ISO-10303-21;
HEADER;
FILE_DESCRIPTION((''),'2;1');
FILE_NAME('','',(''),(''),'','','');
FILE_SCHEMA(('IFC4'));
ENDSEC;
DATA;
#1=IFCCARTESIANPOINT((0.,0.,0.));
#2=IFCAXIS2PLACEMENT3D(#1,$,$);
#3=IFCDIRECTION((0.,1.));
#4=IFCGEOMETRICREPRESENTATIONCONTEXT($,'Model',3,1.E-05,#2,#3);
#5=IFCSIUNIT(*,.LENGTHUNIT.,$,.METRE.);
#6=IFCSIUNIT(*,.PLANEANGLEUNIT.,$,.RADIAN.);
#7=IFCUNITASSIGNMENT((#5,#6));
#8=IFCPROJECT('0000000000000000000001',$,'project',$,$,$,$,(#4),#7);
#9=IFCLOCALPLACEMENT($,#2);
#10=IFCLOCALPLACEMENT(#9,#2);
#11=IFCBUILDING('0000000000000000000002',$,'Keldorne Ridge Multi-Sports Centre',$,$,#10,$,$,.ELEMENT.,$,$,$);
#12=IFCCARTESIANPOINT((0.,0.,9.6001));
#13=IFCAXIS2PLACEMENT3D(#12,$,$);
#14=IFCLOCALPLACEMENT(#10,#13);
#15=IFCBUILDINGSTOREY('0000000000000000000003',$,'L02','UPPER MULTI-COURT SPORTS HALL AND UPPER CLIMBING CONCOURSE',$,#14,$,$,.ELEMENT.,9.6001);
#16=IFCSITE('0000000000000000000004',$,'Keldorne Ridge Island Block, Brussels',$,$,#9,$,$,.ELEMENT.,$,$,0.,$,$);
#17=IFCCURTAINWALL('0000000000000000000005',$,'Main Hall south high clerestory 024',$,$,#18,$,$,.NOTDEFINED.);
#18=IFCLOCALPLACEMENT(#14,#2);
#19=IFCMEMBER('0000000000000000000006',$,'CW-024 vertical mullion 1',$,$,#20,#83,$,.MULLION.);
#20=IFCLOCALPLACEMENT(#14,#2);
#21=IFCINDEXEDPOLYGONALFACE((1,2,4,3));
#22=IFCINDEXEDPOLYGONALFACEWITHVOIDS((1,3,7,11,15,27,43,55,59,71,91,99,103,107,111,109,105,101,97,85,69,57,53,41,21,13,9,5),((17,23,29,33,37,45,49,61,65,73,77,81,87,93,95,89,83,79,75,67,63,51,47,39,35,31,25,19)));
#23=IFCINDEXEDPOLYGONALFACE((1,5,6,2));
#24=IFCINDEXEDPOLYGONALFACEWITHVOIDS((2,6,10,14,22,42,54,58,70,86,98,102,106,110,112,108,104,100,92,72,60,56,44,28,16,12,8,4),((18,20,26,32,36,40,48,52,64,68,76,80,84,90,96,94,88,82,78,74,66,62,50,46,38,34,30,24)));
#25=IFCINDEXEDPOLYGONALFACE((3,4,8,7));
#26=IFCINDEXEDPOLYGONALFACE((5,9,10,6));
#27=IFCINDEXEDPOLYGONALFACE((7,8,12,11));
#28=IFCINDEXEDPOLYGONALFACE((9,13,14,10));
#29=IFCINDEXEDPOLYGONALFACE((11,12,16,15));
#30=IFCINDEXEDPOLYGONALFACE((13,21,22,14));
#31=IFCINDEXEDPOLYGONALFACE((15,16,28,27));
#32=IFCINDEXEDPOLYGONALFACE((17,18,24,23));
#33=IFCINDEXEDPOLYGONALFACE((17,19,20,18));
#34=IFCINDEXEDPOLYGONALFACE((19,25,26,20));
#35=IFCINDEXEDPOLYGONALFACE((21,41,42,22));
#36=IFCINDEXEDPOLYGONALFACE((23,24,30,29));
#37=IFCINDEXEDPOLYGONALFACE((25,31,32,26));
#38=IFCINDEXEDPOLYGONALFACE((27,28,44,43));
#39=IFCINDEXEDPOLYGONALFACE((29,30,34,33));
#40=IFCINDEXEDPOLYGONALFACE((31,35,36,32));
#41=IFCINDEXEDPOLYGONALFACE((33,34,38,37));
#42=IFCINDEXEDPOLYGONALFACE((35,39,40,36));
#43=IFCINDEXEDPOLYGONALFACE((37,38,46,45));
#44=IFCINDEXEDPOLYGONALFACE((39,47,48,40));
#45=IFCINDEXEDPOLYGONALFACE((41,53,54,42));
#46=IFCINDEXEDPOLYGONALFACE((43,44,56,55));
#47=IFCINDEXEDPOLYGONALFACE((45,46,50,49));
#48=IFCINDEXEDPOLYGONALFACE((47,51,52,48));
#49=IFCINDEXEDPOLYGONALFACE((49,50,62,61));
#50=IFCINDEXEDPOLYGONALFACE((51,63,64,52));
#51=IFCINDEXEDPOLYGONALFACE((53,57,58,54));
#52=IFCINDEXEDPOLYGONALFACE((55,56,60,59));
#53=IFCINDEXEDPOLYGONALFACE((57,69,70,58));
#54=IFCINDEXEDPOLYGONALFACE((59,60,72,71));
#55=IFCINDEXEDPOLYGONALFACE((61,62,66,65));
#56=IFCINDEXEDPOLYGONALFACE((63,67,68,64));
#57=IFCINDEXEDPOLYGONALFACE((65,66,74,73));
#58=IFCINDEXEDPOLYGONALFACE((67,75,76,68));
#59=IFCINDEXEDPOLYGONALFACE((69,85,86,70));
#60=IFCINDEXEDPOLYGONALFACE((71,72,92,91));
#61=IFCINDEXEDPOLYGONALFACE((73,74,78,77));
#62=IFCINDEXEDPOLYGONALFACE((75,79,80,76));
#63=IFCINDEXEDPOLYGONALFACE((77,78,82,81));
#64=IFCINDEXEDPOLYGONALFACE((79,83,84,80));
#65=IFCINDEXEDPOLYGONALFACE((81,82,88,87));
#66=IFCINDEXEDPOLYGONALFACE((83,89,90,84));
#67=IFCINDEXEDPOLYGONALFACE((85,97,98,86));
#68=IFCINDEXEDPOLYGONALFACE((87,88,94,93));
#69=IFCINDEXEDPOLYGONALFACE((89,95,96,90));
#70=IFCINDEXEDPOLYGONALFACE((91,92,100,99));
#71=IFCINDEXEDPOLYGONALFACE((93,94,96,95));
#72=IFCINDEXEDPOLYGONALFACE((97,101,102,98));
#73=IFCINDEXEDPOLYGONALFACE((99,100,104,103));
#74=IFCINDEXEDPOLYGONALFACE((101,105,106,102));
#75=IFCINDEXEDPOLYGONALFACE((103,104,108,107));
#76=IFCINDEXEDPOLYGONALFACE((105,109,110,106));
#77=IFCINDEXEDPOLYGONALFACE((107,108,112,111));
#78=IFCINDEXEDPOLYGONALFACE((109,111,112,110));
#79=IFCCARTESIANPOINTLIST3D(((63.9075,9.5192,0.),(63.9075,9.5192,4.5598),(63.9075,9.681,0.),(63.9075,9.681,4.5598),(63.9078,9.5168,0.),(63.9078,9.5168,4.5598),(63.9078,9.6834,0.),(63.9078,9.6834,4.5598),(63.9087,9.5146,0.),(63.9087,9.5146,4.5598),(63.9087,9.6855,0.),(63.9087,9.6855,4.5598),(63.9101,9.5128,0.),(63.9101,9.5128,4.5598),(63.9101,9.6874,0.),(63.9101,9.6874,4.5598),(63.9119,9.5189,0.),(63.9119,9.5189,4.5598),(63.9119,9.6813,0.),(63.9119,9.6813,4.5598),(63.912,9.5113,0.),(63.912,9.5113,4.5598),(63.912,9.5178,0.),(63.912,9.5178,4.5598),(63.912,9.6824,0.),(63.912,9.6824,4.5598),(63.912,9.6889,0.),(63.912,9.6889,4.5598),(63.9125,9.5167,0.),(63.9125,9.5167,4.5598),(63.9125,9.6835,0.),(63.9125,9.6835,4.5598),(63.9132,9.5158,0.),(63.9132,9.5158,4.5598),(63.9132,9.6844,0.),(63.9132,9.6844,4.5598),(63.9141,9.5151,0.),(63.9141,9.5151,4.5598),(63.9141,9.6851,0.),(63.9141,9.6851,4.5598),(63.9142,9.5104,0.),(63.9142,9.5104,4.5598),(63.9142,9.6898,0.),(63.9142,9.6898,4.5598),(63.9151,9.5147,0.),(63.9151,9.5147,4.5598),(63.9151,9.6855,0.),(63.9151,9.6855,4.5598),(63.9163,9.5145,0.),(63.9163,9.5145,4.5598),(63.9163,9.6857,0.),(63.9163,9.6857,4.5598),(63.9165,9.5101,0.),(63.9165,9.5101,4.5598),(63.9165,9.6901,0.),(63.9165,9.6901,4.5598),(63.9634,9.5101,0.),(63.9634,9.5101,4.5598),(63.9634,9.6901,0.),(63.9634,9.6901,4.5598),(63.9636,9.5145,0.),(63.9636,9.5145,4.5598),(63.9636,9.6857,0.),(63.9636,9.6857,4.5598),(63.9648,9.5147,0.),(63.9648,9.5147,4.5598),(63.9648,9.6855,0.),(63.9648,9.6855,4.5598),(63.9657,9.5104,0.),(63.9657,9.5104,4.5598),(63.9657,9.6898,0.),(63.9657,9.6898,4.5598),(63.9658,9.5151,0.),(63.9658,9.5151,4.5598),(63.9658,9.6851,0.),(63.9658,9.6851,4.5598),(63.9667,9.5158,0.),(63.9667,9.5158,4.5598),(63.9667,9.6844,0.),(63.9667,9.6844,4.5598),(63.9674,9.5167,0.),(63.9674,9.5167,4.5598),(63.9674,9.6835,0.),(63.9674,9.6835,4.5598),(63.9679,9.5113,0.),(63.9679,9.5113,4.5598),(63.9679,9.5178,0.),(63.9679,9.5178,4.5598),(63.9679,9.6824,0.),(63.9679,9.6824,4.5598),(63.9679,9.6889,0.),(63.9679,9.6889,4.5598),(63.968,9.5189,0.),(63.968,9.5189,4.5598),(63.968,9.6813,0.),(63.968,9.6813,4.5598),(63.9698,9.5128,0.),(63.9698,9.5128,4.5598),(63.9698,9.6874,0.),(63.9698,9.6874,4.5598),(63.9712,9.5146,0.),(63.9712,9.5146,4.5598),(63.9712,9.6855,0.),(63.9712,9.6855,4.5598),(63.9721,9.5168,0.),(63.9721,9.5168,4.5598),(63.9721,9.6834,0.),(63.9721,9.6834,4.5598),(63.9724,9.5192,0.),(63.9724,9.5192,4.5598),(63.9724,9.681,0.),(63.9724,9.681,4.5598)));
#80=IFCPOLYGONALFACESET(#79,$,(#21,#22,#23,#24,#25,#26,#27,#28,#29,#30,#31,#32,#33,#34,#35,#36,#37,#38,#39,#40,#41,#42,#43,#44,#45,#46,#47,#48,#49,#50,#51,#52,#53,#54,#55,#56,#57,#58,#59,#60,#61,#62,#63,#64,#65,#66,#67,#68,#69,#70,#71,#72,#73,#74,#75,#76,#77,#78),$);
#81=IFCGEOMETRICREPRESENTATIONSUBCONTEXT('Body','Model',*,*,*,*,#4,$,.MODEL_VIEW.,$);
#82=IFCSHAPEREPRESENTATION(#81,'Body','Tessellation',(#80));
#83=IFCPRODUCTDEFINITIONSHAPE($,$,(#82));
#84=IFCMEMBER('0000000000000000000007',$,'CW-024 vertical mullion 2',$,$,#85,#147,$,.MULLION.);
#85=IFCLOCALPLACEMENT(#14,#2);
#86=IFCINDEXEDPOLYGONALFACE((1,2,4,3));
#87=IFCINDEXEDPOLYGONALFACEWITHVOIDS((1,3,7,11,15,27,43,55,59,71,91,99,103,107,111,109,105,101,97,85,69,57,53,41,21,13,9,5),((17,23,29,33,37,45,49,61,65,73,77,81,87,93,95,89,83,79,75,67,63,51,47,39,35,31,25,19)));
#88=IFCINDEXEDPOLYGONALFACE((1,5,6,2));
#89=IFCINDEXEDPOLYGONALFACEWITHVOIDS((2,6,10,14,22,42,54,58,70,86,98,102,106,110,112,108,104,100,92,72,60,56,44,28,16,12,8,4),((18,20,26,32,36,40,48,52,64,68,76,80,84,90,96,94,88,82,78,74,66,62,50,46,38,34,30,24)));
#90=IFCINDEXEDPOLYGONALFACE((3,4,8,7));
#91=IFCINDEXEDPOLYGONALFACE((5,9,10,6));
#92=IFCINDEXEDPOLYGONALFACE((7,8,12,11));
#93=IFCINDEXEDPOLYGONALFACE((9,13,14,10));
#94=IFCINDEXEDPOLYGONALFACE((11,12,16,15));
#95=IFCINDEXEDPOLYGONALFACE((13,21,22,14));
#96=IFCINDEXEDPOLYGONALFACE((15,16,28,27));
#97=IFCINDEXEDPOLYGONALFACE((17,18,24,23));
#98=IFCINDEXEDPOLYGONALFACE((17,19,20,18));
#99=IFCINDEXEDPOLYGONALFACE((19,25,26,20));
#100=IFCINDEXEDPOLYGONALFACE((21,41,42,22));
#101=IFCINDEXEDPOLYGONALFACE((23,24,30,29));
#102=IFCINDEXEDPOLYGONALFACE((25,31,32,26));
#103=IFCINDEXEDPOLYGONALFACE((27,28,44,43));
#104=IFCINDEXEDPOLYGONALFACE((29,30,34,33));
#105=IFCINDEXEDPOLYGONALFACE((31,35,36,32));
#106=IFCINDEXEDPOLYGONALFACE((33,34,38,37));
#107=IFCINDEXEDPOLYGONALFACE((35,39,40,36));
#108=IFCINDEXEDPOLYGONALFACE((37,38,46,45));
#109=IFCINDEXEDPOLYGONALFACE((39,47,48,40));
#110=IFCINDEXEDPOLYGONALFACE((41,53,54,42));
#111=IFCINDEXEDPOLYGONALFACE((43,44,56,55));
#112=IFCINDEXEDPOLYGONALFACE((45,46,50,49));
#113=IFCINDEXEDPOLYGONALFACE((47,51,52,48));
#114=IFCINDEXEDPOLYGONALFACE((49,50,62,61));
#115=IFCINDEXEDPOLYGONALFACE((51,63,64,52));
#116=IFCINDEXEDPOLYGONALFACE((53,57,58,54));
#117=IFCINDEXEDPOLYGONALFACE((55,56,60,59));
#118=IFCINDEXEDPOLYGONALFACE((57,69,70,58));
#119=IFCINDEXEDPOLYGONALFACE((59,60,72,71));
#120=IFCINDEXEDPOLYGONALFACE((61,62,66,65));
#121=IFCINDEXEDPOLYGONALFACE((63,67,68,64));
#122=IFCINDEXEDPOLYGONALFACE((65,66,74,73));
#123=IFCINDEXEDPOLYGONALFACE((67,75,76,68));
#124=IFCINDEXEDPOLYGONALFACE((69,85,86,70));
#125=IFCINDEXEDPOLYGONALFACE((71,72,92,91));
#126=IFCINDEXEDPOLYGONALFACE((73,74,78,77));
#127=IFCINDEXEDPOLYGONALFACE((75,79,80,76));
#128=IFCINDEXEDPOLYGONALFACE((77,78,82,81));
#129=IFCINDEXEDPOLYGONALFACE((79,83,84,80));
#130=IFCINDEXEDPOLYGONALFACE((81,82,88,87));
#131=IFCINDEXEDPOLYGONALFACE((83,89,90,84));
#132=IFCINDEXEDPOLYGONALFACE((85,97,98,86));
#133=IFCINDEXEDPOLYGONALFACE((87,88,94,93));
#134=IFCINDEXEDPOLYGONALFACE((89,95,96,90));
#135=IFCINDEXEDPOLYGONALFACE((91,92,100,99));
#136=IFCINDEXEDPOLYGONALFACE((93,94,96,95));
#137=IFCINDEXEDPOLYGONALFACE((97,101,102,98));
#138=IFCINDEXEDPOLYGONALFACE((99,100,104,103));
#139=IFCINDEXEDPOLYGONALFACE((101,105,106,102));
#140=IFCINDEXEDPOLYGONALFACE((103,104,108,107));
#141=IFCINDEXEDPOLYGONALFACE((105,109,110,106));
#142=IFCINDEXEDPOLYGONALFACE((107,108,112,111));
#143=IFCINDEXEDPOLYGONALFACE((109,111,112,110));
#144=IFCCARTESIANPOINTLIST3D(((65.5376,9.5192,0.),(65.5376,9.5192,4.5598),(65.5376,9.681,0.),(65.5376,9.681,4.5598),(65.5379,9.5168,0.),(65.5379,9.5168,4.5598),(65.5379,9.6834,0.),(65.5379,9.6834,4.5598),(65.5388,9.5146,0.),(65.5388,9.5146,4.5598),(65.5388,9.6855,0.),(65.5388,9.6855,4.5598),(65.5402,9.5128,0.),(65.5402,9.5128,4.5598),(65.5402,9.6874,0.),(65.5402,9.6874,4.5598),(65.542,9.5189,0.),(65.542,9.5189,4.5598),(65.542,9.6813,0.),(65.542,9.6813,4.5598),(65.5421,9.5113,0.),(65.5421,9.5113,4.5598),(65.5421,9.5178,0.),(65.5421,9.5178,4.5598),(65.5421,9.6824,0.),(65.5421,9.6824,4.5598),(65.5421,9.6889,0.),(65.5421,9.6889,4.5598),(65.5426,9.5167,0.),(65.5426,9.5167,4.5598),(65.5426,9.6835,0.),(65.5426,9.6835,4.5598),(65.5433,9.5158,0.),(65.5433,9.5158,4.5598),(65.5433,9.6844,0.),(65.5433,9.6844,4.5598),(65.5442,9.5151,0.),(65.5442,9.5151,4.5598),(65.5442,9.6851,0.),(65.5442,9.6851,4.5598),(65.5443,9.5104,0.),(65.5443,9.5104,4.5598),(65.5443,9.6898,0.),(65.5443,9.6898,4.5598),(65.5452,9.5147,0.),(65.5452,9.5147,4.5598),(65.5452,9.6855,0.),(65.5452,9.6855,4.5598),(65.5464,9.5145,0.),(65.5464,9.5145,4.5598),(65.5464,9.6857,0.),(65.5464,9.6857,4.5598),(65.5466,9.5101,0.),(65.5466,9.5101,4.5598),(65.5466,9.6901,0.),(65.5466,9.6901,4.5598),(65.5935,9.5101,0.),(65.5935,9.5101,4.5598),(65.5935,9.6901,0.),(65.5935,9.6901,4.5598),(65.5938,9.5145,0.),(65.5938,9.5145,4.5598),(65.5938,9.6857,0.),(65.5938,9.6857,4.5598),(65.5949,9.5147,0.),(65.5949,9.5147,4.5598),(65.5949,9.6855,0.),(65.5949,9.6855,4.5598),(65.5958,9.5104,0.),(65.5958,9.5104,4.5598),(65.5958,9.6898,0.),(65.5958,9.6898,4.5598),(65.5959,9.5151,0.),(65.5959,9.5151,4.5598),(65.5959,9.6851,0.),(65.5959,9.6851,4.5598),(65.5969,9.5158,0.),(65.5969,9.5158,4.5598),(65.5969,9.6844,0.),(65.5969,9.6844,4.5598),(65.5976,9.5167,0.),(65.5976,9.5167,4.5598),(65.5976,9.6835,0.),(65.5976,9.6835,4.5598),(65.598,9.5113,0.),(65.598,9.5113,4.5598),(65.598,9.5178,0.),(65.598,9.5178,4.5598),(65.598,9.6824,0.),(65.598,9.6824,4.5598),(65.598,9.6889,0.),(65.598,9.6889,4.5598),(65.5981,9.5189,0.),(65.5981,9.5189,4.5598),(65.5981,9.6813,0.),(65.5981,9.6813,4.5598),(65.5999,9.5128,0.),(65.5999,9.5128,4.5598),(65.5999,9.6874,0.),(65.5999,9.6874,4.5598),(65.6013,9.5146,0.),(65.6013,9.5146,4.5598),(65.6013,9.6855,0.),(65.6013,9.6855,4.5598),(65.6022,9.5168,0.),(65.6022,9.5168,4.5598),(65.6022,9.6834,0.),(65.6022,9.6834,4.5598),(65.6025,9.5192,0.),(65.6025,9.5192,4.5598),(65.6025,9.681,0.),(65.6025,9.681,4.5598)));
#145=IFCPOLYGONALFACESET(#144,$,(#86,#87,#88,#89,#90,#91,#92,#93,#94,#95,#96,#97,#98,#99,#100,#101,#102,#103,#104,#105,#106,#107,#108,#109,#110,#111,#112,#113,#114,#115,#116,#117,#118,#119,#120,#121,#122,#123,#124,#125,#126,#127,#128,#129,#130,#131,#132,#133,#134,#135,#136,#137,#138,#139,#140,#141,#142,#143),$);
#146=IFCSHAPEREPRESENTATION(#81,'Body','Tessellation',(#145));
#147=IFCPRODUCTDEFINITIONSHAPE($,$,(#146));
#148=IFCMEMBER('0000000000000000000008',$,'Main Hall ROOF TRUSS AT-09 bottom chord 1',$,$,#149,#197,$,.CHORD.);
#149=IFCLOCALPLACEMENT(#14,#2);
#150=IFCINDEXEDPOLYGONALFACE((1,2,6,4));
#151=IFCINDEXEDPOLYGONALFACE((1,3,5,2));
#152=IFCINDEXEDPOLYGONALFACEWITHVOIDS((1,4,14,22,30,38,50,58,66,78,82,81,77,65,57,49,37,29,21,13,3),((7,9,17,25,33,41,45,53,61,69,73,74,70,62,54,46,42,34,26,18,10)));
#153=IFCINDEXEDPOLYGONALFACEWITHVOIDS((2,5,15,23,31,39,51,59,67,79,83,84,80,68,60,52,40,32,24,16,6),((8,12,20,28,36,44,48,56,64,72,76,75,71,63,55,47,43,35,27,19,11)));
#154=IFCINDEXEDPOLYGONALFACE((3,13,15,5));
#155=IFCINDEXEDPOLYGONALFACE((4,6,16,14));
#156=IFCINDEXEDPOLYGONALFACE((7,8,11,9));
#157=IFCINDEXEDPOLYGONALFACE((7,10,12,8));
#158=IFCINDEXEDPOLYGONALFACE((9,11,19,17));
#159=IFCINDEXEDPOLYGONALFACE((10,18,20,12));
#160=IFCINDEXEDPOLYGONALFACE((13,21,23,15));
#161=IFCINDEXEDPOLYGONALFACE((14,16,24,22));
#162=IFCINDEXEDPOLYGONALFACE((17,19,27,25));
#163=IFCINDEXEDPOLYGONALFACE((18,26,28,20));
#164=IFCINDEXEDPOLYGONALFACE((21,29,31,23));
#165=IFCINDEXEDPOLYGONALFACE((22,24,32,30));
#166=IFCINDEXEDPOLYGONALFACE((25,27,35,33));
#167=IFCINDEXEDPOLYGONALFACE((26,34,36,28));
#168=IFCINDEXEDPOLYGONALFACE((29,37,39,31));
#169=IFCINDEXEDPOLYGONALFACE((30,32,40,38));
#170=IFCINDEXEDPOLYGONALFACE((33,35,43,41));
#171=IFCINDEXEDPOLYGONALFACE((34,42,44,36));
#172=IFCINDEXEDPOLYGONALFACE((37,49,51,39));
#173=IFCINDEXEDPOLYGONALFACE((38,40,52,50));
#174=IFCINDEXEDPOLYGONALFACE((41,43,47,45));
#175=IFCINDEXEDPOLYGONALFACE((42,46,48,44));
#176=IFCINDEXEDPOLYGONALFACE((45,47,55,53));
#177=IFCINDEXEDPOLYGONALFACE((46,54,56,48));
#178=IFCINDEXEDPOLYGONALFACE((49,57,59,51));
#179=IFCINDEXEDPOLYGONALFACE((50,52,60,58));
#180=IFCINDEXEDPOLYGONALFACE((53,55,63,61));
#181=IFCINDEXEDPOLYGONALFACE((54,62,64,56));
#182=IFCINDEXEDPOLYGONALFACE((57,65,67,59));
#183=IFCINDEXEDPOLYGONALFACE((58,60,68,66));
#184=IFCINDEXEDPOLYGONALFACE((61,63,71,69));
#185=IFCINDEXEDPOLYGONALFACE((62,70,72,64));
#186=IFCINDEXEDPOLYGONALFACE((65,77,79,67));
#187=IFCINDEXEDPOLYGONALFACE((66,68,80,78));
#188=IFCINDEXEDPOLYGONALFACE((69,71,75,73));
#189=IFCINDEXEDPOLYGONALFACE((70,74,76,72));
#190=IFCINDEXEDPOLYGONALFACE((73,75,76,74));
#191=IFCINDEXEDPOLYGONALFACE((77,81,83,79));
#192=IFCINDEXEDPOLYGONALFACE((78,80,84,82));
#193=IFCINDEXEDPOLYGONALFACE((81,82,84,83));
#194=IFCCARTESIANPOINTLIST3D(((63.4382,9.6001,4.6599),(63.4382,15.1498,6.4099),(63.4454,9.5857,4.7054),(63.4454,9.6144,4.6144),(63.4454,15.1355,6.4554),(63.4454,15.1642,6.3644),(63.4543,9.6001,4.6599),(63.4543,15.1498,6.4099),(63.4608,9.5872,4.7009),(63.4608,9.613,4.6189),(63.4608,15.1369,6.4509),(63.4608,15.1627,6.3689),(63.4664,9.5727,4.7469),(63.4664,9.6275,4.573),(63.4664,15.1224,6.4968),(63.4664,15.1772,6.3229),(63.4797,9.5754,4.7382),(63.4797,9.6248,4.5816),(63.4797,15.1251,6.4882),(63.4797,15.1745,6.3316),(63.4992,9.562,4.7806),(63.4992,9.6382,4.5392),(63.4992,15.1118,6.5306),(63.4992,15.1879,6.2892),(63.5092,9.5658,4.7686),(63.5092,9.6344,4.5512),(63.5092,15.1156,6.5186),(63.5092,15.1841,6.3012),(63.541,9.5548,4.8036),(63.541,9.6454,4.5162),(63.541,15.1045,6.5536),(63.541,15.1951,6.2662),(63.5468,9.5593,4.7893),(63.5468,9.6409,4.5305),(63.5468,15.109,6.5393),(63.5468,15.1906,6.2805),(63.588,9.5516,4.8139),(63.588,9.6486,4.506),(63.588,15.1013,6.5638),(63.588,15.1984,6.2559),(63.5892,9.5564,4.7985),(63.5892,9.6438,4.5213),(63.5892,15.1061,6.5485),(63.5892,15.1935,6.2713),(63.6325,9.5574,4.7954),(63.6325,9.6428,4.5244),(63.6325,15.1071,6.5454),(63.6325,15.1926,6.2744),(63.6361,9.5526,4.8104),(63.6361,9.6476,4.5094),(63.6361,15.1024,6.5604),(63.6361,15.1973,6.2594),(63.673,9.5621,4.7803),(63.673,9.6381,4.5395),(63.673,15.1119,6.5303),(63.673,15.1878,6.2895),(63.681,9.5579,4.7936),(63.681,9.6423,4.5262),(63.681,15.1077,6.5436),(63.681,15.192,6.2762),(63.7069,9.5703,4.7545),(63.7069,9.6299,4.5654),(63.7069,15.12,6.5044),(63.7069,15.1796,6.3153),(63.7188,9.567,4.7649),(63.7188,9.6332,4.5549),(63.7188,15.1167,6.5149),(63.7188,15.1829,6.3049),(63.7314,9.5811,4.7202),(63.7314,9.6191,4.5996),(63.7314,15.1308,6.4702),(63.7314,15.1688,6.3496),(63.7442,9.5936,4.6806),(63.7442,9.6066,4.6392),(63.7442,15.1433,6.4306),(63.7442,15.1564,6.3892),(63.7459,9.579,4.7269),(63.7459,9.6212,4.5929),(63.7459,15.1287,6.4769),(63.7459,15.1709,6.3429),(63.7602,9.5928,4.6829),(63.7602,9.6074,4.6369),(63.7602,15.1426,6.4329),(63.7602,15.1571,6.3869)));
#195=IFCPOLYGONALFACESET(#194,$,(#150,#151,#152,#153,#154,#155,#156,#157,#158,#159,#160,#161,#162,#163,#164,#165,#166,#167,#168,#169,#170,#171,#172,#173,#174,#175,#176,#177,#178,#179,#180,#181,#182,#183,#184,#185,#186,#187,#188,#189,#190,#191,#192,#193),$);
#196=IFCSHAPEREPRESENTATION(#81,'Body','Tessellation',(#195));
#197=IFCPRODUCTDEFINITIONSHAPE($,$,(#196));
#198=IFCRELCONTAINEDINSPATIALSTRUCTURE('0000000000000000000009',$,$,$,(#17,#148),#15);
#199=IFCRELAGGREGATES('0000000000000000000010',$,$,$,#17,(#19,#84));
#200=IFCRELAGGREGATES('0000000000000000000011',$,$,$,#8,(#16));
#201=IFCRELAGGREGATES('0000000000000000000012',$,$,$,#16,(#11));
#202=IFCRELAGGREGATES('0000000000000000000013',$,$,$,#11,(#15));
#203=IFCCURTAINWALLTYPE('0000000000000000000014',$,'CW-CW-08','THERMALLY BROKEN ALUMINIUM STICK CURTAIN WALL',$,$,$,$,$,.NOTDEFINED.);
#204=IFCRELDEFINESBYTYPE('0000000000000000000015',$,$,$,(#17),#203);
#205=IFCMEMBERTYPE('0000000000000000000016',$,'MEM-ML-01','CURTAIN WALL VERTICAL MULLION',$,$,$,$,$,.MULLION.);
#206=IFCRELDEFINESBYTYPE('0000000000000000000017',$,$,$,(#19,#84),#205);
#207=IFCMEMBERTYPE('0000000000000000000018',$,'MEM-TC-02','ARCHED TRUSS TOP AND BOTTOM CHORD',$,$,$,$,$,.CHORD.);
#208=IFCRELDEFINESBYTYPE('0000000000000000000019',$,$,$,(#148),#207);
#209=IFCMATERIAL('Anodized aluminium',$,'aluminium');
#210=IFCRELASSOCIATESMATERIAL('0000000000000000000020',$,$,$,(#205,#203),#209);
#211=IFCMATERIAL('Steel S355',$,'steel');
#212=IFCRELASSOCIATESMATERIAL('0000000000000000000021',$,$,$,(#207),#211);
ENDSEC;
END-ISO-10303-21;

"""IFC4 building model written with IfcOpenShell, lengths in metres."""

from ifc_helpers import new_model, si_unit, direction, frame, origin, origin_2d, place, context, subcontext, project, spatial, hollow_rectangle, hollow_circle, extrude, material, material_profile, profile_set, type_object, element, aggregate, save


model = new_model("IFC4")

# Units and contexts
model_context = context("Model", 3, precision=1e-05, world=origin(), true_north=direction((0.0, 1.0)))
body_context = subcontext(model_context, "Body", "Model", "MODEL_VIEW")
ifc_project = project(units=[si_unit("LENGTHUNIT", "METRE"), si_unit("PLANEANGLEUNIT", "RADIAN")], contexts=[model_context])

# Site, building, storey
site_placement = place(None, origin())
site = spatial("IfcSite", under=ifc_project, at=site_placement, Name="Keldorne Ridge Island Block, Brussels", CompositionType="ELEMENT", RefElevation=0.0)
building_placement = place(site_placement, origin())
building = spatial("IfcBuilding", under=site, at=building_placement, Name="Keldorne Ridge Multi-Sports Centre", CompositionType="ELEMENT")
storey_placement = place(building_placement, frame((0.0, 0.0, 9.6001)))
storey = spatial("IfcBuildingStorey", under=building, at=storey_placement, Name="L02", Description="UPPER MULTI-COURT SPORTS HALL AND UPPER CLIMBING CONCOURSE", CompositionType="ELEMENT", Elevation=9.6001)

# Shared definitions
ifc_material_1 = material(Name="Steel S355", Category="steel")

# Shared definitions
ifc_material_2 = material(Name="Anodized aluminium", Category="aluminium")
ifc_material_profile_1 = material_profile(ifc_material_2, hollow_rectangle(XDim=0.0649, YDim=0.1799, WallThickness=0.0044, InnerFilletRadius=0.0044, OuterFilletRadius=0.009, at=origin_2d()), Name="ALU MULLION 180x65x4.5")
ifc_profile_set_1 = profile_set([ifc_material_profile_1], Name="Anodized aluminium")
member_type_1 = type_object("IfcMemberType", Name="MEM-ML-01", Description="CURTAIN WALL VERTICAL MULLION", PredefinedType="MULLION", material=ifc_profile_set_1)

# Curtain wall, members
curtain_wall_type_1 = type_object("IfcCurtainWallType", Name="CW-CW-08", Description="THERMALLY BROKEN ALUMINIUM STICK CURTAIN WALL", PredefinedType="NOTDEFINED", material=ifc_material_2)
curtain_wall_1_placement = place(storey_placement, origin())
curtain_wall_1 = element("IfcCurtainWall", 1, at=curtain_wall_1_placement, inside=storey, type_object=curtain_wall_type_1, Name="Main Hall south high clerestory 024", PredefinedType="NOTDEFINED")
member_1_placement = place(storey_placement, frame((63.9399, 9.6001, 0.0), z_axis=(0.0, 0.0, 1.0), x_axis=(1.0, 0.0, 0.0)))
member_1 = element("IfcMember", 2, at=member_1_placement, type_object=member_type_1, Name="CW-024 vertical mullion 1", PredefinedType="MULLION", context=body_context, shape_type="SweptSolid", body=[
    extrude(hollow_rectangle(XDim=0.0649, YDim=0.1799, WallThickness=0.0044, InnerFilletRadius=0.0044, OuterFilletRadius=0.009, at=origin_2d()), origin(), (0.0, 0.0, 1.0), 4.5598),
])
member_2_placement = place(storey_placement, frame((65.5701, 9.6001, 0.0), z_axis=(0.0, 0.0, 1.0), x_axis=(1.0, 0.0, 0.0)))
member_2 = element("IfcMember", 3, at=member_2_placement, type_object=member_type_1, Name="CW-024 vertical mullion 2", PredefinedType="MULLION", context=body_context, shape_type="SweptSolid", body=[
    extrude(hollow_rectangle(XDim=0.0649, YDim=0.1799, WallThickness=0.0044, InnerFilletRadius=0.0044, OuterFilletRadius=0.009, at=origin_2d()), origin(), (0.0, 0.0, 1.0), 4.5598),
])

# Member
ifc_material_profile_2 = material_profile(ifc_material_1, hollow_circle(Radius=0.1619, WallThickness=0.0161, at=origin_2d()), Name="CHS 323.9x16")
ifc_profile_set_2 = profile_set([ifc_material_profile_2], Name="Steel S355")
member_type_2 = type_object("IfcMemberType", Name="MEM-TC-02", Description="ARCHED TRUSS TOP AND BOTTOM CHORD", PredefinedType="CHORD", material=ifc_profile_set_2)
member_3_placement = place(storey_placement, frame((63.6001, 9.6001, 4.6599), z_axis=(0.0, 0.953709, 0.30073), x_axis=(-1.0, 0.0, 0.0)))
element("IfcMember", 4, at=member_3_placement, inside=storey, type_object=member_type_2, Name="Main Hall ROOF TRUSS AT-09 bottom chord 1", PredefinedType="CHORD", context=body_context, shape_type="SweptSolid", body=[
    extrude(hollow_circle(Radius=0.1619, WallThickness=0.0161, at=origin_2d()), origin(), (0.0, 0.0, 1.0), 5.8191),
])

aggregate(curtain_wall_1, [member_1, member_2])

save(model, "model.ifc")
